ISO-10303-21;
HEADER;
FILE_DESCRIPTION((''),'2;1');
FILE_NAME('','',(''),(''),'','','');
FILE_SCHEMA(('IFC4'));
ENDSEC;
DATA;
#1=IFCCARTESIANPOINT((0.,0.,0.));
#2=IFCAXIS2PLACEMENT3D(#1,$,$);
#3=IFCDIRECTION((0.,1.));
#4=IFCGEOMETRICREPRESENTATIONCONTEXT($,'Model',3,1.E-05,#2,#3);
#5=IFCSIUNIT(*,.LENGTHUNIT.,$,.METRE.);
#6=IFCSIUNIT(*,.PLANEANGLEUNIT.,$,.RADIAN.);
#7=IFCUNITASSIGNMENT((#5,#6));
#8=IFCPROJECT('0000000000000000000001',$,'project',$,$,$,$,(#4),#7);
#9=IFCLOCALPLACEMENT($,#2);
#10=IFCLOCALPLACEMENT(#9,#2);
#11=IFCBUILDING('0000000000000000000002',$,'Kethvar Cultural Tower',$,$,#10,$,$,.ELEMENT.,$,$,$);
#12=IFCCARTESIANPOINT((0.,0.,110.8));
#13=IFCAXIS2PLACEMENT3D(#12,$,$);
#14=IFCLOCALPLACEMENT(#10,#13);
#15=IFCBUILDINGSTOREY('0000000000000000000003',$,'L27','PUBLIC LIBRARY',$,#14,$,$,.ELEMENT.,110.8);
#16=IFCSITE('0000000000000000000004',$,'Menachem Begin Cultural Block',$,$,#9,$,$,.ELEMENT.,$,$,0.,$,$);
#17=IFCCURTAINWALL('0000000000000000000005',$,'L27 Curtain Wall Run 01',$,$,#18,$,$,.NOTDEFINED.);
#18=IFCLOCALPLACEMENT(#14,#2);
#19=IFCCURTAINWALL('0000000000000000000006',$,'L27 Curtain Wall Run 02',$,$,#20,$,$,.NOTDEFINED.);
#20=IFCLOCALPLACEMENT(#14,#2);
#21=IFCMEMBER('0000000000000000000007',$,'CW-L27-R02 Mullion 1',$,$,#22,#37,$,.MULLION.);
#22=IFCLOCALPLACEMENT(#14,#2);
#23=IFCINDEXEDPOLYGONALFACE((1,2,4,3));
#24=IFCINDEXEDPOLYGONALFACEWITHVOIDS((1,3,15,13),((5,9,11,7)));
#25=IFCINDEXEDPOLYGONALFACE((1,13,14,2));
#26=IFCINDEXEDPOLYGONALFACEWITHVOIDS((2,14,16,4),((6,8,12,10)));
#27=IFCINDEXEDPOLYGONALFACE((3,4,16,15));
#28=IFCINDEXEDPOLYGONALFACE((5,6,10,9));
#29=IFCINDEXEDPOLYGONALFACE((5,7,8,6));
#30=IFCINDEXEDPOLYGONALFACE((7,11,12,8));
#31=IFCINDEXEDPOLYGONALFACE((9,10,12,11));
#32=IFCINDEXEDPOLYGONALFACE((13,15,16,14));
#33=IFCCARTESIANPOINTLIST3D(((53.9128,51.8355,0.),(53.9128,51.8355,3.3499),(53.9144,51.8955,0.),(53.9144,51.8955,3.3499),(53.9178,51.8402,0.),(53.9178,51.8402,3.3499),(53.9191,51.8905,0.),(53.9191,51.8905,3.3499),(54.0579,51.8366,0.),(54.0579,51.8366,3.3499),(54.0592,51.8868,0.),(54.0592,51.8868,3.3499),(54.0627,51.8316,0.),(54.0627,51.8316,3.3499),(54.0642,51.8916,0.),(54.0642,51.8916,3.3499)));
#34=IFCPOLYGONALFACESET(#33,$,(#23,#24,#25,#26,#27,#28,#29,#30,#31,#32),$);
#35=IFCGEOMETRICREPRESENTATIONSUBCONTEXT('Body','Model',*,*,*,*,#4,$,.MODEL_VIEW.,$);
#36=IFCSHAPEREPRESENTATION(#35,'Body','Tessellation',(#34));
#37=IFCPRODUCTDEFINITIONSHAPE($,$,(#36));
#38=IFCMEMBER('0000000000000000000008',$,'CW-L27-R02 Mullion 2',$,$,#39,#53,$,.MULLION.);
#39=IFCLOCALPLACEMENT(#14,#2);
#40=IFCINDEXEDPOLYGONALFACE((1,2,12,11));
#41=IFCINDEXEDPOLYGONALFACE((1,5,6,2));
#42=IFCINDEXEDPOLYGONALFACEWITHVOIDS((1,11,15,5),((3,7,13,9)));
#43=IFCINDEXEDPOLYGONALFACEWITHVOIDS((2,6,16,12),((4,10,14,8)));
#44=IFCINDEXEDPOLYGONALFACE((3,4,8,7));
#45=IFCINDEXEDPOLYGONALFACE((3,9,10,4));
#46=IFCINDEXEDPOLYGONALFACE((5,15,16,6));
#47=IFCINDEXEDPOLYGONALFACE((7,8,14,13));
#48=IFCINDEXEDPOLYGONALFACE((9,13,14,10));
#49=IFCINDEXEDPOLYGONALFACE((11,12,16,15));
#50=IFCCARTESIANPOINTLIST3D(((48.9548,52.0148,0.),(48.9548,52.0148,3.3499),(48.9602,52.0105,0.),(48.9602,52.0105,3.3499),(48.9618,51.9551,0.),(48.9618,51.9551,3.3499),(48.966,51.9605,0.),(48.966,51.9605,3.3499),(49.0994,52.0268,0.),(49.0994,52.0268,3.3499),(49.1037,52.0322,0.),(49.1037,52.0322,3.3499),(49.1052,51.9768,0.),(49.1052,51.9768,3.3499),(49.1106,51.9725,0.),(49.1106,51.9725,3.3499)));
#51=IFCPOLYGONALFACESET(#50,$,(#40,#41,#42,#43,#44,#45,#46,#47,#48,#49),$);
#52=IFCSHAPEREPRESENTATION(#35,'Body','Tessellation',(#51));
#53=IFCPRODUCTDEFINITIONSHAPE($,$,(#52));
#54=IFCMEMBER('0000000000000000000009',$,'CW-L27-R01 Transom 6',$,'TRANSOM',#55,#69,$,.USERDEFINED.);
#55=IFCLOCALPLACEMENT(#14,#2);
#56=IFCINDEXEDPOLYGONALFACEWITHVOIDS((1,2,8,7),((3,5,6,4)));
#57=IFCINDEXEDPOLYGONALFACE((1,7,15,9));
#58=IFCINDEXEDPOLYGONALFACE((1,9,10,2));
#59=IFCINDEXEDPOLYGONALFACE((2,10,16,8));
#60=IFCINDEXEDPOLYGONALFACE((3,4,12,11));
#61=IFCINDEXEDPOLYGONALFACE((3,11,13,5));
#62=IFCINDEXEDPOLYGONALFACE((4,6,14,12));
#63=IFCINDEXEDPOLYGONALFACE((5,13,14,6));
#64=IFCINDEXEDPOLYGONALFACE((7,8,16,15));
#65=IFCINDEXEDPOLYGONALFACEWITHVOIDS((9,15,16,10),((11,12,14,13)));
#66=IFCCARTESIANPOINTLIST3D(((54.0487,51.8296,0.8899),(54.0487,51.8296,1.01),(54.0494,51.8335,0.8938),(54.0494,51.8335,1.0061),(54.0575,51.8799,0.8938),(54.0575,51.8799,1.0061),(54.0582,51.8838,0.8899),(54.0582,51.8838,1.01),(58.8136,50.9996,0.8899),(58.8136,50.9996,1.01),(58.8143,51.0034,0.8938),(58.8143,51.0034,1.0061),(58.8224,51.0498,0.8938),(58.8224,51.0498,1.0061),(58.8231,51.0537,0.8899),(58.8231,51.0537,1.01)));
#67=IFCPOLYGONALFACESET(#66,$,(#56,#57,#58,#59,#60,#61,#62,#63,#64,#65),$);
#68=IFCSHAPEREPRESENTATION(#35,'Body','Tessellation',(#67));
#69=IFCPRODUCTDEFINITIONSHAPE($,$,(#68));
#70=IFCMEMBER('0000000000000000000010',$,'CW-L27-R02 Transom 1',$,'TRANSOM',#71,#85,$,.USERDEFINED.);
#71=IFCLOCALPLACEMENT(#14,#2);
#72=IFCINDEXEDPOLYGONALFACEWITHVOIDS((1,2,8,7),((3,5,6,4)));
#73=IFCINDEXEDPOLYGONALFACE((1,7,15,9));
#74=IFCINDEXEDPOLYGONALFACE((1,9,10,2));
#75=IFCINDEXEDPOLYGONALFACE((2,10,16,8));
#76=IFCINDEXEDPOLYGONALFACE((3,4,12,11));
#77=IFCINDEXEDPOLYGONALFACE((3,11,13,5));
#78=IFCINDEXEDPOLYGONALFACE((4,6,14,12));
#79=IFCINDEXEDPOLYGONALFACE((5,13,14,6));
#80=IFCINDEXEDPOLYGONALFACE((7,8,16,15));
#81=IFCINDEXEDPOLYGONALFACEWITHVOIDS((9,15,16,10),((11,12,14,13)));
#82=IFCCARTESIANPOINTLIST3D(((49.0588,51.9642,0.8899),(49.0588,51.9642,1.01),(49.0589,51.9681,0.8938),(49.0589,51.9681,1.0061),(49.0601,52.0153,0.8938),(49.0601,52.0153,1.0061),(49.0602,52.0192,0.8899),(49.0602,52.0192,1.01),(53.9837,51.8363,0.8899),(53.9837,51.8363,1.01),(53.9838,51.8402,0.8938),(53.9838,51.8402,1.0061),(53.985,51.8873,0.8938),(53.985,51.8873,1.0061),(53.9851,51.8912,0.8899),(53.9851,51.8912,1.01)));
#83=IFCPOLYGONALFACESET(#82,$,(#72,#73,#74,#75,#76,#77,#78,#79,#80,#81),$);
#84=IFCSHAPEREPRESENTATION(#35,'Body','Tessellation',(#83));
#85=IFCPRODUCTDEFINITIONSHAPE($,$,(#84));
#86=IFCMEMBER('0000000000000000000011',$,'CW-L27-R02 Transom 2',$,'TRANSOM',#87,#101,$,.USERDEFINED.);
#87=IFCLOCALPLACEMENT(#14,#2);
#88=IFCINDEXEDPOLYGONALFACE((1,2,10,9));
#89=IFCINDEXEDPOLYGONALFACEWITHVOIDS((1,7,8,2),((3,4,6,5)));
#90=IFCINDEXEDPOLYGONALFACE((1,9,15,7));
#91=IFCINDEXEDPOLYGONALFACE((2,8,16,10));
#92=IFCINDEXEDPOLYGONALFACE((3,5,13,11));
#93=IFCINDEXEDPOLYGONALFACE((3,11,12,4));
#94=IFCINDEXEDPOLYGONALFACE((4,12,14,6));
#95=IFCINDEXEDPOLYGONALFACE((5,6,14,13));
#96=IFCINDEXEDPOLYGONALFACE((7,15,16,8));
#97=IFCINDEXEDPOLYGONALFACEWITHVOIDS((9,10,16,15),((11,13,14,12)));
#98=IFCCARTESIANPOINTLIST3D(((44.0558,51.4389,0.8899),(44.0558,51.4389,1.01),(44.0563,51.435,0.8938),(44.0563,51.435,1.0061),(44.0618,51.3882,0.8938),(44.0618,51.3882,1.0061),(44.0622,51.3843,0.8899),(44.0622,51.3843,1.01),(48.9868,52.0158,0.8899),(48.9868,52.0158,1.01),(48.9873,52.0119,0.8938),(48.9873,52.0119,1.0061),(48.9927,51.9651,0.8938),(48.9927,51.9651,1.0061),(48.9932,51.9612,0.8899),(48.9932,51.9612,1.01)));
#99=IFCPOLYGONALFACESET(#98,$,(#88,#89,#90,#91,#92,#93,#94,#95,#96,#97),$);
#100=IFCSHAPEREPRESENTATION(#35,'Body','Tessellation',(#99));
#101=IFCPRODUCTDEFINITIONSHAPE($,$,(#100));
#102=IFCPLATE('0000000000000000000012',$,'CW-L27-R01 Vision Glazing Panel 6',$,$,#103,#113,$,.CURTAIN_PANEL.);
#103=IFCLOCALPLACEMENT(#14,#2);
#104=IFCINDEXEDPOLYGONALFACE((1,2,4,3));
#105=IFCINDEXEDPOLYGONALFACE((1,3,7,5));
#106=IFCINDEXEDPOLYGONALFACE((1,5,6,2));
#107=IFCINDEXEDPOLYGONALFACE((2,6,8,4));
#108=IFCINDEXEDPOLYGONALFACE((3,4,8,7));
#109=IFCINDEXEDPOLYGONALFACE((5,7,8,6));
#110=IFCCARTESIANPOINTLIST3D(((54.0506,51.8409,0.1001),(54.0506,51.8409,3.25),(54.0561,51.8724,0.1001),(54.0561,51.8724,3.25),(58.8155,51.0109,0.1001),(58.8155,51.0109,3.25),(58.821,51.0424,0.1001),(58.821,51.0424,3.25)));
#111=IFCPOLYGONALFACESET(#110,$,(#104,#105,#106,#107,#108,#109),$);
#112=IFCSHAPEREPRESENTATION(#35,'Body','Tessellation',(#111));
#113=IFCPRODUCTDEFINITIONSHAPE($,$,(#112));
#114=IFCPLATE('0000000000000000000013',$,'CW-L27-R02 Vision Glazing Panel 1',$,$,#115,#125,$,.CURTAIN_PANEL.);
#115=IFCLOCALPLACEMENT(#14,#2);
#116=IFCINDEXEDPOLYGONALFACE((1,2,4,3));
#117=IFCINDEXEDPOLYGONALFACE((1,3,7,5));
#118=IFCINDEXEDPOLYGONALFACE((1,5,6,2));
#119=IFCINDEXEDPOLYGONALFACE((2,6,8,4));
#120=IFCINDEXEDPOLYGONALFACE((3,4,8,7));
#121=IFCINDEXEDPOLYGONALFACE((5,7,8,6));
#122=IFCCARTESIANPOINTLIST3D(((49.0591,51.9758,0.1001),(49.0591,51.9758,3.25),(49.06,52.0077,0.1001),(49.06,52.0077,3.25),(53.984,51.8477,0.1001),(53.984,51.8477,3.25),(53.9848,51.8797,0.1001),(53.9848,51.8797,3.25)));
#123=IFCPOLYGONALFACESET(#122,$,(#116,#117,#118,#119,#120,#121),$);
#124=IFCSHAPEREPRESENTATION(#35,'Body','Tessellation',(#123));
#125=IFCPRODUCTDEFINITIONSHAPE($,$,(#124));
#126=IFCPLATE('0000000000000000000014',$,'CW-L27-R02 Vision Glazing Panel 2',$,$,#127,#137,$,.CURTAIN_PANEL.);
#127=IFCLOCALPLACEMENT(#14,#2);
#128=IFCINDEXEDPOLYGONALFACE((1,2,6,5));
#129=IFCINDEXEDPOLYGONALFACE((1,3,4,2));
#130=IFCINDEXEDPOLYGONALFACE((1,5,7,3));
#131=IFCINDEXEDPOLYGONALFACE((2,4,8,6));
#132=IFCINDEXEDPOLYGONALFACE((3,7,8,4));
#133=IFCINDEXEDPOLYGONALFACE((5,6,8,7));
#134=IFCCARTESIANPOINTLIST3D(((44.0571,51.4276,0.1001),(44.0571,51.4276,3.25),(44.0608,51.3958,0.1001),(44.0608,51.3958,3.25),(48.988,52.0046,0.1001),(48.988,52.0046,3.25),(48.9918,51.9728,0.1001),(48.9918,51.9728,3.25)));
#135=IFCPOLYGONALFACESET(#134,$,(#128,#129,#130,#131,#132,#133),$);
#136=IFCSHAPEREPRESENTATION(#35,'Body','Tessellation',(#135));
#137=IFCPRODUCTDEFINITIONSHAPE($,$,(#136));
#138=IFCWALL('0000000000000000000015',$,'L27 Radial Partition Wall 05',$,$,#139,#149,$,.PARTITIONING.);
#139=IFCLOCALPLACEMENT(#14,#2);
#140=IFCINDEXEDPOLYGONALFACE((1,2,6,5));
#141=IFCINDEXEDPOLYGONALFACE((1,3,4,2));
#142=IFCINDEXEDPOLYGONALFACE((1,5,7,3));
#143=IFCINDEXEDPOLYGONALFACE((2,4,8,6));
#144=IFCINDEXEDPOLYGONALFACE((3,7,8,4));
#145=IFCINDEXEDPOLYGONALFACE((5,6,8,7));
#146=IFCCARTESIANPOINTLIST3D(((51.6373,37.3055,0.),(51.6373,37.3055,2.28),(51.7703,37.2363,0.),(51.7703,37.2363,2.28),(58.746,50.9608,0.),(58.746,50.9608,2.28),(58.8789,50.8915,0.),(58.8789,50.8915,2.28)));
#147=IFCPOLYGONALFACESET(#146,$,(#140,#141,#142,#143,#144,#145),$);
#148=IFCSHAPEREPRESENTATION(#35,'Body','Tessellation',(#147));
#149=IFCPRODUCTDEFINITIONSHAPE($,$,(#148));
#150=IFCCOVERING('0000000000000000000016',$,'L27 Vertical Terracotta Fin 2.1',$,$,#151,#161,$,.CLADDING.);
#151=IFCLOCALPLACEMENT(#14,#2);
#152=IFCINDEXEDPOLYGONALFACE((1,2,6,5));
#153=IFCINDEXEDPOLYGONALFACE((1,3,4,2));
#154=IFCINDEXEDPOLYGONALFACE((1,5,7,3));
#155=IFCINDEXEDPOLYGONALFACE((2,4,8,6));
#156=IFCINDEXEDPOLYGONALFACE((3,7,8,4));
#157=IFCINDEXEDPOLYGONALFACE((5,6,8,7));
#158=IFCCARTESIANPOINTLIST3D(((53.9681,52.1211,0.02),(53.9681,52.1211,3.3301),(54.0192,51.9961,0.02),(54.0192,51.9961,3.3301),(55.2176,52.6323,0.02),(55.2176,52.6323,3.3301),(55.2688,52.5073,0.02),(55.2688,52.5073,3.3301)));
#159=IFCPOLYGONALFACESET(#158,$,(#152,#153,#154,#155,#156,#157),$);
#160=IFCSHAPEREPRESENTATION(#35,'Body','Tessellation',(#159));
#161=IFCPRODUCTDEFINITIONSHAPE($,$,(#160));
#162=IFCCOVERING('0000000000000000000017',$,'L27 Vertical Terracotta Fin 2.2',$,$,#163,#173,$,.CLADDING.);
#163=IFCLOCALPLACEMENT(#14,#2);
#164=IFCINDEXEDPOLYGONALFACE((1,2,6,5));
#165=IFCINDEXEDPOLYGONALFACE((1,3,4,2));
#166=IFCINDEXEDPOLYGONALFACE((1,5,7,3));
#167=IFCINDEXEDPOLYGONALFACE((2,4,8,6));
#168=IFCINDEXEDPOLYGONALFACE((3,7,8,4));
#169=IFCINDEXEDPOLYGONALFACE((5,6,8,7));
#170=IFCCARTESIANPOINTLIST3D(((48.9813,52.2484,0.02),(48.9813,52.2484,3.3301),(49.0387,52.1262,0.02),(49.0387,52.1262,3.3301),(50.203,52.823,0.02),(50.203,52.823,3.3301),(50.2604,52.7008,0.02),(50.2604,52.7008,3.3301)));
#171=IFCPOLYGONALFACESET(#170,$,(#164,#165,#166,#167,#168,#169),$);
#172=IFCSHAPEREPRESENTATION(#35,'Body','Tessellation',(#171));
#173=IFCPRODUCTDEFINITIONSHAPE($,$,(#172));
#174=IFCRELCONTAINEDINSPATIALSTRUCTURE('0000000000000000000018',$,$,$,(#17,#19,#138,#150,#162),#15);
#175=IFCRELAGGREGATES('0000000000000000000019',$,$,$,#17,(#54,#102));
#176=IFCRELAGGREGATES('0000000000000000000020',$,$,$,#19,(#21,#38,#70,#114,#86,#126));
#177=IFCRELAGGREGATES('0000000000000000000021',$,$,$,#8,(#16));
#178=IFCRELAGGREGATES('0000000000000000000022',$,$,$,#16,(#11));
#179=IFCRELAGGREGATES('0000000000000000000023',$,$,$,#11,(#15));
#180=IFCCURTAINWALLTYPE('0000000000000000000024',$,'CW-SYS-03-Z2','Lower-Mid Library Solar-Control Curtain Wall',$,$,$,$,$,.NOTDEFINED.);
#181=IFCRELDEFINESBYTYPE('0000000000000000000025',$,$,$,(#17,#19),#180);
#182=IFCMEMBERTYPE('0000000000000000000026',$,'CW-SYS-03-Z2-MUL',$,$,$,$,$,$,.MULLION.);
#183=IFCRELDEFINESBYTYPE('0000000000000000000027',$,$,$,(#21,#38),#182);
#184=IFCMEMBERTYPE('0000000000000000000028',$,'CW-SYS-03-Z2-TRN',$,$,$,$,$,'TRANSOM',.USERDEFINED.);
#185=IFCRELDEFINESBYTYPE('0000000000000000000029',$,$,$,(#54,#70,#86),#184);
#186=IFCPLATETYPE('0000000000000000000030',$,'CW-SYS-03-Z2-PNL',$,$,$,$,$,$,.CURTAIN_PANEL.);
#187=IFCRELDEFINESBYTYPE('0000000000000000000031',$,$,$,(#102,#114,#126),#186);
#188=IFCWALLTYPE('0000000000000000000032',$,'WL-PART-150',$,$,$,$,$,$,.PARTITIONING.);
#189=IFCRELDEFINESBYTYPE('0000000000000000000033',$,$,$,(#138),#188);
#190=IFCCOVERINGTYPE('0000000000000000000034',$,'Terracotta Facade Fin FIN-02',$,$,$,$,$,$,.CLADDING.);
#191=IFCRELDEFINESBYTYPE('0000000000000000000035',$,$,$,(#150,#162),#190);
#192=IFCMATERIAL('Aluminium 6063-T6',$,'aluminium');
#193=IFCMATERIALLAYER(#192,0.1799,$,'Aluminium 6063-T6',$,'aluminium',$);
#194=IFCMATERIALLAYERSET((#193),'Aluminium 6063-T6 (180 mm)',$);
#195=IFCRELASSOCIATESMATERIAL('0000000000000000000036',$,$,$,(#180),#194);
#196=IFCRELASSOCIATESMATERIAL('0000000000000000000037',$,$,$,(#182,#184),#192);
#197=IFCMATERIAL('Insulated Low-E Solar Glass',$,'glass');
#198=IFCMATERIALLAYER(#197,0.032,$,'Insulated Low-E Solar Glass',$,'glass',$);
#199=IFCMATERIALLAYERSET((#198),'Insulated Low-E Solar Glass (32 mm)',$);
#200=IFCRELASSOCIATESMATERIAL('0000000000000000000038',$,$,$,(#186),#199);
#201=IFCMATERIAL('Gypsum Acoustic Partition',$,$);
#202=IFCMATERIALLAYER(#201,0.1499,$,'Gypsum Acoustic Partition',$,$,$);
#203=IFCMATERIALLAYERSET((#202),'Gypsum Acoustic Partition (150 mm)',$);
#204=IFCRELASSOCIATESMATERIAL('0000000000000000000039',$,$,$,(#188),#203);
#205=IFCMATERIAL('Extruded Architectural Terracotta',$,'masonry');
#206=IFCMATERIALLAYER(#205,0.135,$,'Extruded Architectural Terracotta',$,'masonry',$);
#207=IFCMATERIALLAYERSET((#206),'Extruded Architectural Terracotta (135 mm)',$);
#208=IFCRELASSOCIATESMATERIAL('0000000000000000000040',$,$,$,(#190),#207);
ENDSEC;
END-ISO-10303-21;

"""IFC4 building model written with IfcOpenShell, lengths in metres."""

from ifc_helpers import new_model, si_unit, direction, frame, frame_2d, origin, origin_2d, place, context, subcontext, project, spatial, rectangle, hollow_rectangle, extrude, source, transform, mapped, material, layer, layer_set, material_profile, profile_set, type_object, element, aggregate, save


model = new_model("IFC4")

# Units and contexts
model_context = context("Model", 3, precision=1e-05, world=origin(), true_north=direction((0.0, 1.0)))
body_context = subcontext(model_context, "Body", "Model", "MODEL_VIEW")
ifc_project = project(units=[si_unit("LENGTHUNIT", "METRE"), si_unit("PLANEANGLEUNIT", "RADIAN")], contexts=[model_context])

# Site, building, storey
site_placement = place(None, origin())
site = spatial("IfcSite", under=ifc_project, at=site_placement, Name="Menachem Begin Cultural Block", CompositionType="ELEMENT", RefElevation=0.0)
building_placement = place(site_placement, origin())
building = spatial("IfcBuilding", under=site, at=building_placement, Name="Kethvar Cultural Tower", CompositionType="ELEMENT")
storey_placement = place(building_placement, frame((0.0, 0.0, 110.8)))
storey = spatial("IfcBuildingStorey", under=building, at=storey_placement, Name="L27", Description="PUBLIC LIBRARY", CompositionType="ELEMENT", Elevation=110.8)

# Curtain walls, members
ifc_material_1 = material(Name="Aluminium 6063-T6", Category="aluminium")
ifc_layer_1 = layer(ifc_material_1, 0.1799, Name="Aluminium 6063-T6", Category="aluminium")
ifc_layer_set_1 = layer_set([ifc_layer_1], Name="Aluminium 6063-T6 (180 mm)")
curtain_wall_type = type_object("IfcCurtainWallType", Name="CW-SYS-03-Z2", Description="Lower-Mid Library Solar-Control Curtain Wall", PredefinedType="NOTDEFINED", material=ifc_layer_set_1)
curtain_wall_1_placement = place(storey_placement, origin())
curtain_wall_1 = element("IfcCurtainWall", 1, at=curtain_wall_1_placement, inside=storey, type_object=curtain_wall_type, Name="L27 Curtain Wall Run 01", PredefinedType="NOTDEFINED")
ifc_material_profile_1 = material_profile(ifc_material_1, hollow_rectangle(XDim=0.0601, YDim=0.1499, WallThickness=0.0049, at=origin_2d()), Name="Aluminium 6063-T6 — RHS150x60x5")
ifc_profile_set_1 = profile_set([ifc_material_profile_1], Name="Aluminium 6063-T6 — RHS150x60x5")
member_type_1 = type_object("IfcMemberType", Name="CW-SYS-03-Z2-MUL", PredefinedType="MULLION", material=ifc_profile_set_1)
shared_shape_1 = source(origin(), body_context, "Body", "SweptSolid", [
    extrude(hollow_rectangle(XDim=0.0601, YDim=0.1499, WallThickness=0.0049, at=origin_2d()), origin(), (0.0, 0.0, 1.0), 3.3499),
])
curtain_wall_2_placement = place(storey_placement, origin())
curtain_wall_2 = element("IfcCurtainWall", 2, at=curtain_wall_2_placement, inside=storey, type_object=curtain_wall_type, Name="L27 Curtain Wall Run 02", PredefinedType="NOTDEFINED")
member_1_placement = place(storey_placement, frame((53.9885, 51.8635, 0.0), z_axis=(0.0, 0.0, 1.0), x_axis=(-0.025985, -0.999662, 0.0)))
member_1 = element("IfcMember", 3, at=member_1_placement, type_object=member_type_1, Name="CW-L27-R02 Mullion 1", PredefinedType="MULLION", context=body_context, shape_type="MappedRepresentation", body=[
    mapped(shared_shape_1, transform((0.0, 0.0, 0.0), scale=1.0)),
])
member_2_placement = place(storey_placement, frame((49.0327, 51.9937, 0.0), z_axis=(0.0, 0.0, 1.0), x_axis=(0.11622, -0.993223, 0.0)))
member_2 = element("IfcMember", 4, at=member_2_placement, type_object=member_type_1, Name="CW-L27-R02 Mullion 2", PredefinedType="MULLION", context=body_context, shape_type="MappedRepresentation", body=[
    mapped(shared_shape_1, transform((0.0, 0.0, 0.0), scale=1.0)),
])

# Members
ifc_material_profile_2 = material_profile(ifc_material_1, hollow_rectangle(XDim=0.0549, YDim=0.1201, WallThickness=0.0039, at=origin_2d()), Name="Aluminium 6063-T6 — RHS120x55x4")
ifc_profile_set_2 = profile_set([ifc_material_profile_2], Name="Aluminium 6063-T6 — RHS120x55x4")
member_type_2 = type_object("IfcMemberType", Name="CW-SYS-03-Z2-TRN", ElementType="TRANSOM", PredefinedType="USERDEFINED", material=ifc_profile_set_2)
shared_shape_2 = source(origin(), body_context, "Body", "SweptSolid", [
    extrude(hollow_rectangle(XDim=0.0549, YDim=0.1201, WallThickness=0.0039, at=origin_2d()), origin(), (0.0, 0.0, 1.0), 4.8367),
])
member_3_placement = place(storey_placement, frame((58.8184, 51.0266, 0.95), z_axis=(-0.985163, 0.171622, 0.0), x_axis=(-0.171622, -0.985163, 0.0)))
member_3 = element("IfcMember", 5, at=member_3_placement, type_object=member_type_2, Name="CW-L27-R01 Transom 6", ObjectType="TRANSOM", PredefinedType="USERDEFINED", context=body_context, shape_type="MappedRepresentation", body=[
    mapped(shared_shape_2, transform((0.0, 0.0, 0.0), scale=1.0)),
])
shared_shape_3 = source(origin(), body_context, "Body", "SweptSolid", [
    extrude(hollow_rectangle(XDim=0.0549, YDim=0.1201, WallThickness=0.0039, at=origin_2d()), origin(), (0.0, 0.0, 1.0), 4.9265),
])
member_4_placement = place(storey_placement, frame((53.9844, 51.8638, 0.95), z_axis=(-0.999663, 0.025968, 0.0), x_axis=(-0.025968, -0.999663, 0.0)))
member_4 = element("IfcMember", 6, at=member_4_placement, type_object=member_type_2, Name="CW-L27-R02 Transom 1", ObjectType="TRANSOM", PredefinedType="USERDEFINED", context=body_context, shape_type="MappedRepresentation", body=[
    mapped(shared_shape_3, transform((0.0, 0.0, 0.0), scale=1.0)),
])
shared_shape_4 = source(origin(), body_context, "Body", "SweptSolid", [
    extrude(hollow_rectangle(XDim=0.0549, YDim=0.1201, WallThickness=0.0039, at=origin_2d()), origin(), (0.0, 0.0, 1.0), 4.9646),
])
member_5_placement = place(storey_placement, frame((48.99, 51.9885, 0.95), z_axis=(-0.993225, -0.116205, 0.0), x_axis=(0.116205, -0.993225, 0.0)))
member_5 = element("IfcMember", 7, at=member_5_placement, type_object=member_type_2, Name="CW-L27-R02 Transom 2", ObjectType="TRANSOM", PredefinedType="USERDEFINED", context=body_context, shape_type="MappedRepresentation", body=[
    mapped(shared_shape_4, transform((0.0, 0.0, 0.0), scale=1.0)),
])

# Plates
ifc_material_2 = material(Name="Insulated Low-E Solar Glass", Category="glass")
ifc_layer_2 = layer(ifc_material_2, 0.032, Name="Insulated Low-E Solar Glass", Category="glass")
ifc_layer_set_2 = layer_set([ifc_layer_2], Name="Insulated Low-E Solar Glass (32 mm)")
plate_type = type_object("IfcPlateType", Name="CW-SYS-03-Z2-PNL", PredefinedType="CURTAIN_PANEL", material=ifc_layer_set_2)
shared_shape_5 = source(origin(), body_context, "Body", "SweptSolid", [
    extrude(rectangle(XDim=4.8367, YDim=0.032, at=origin_2d()), origin(), (0.0, 0.0, 1.0), 3.1499),
])
plate_1_placement = place(storey_placement, frame((56.4358, 51.4417, 0.1001), z_axis=(0.0, 0.0, 1.0), x_axis=(-0.985163, 0.17162, 0.0)))
plate_1 = element("IfcPlate", 8, at=plate_1_placement, type_object=plate_type, Name="CW-L27-R01 Vision Glazing Panel 6", PredefinedType="CURTAIN_PANEL", context=body_context, shape_type="MappedRepresentation", body=[
    mapped(shared_shape_5, transform((0.0, 0.0, 0.0), scale=1.0)),
])
aggregate(curtain_wall_1, [member_3, plate_1])
shared_shape_6 = source(origin(), body_context, "Body", "SweptSolid", [
    extrude(rectangle(XDim=4.9265, YDim=0.032, at=origin_2d()), origin(), (0.0, 0.0, 1.0), 3.1499),
])
plate_2_placement = place(storey_placement, frame((51.522, 51.9277, 0.1001), z_axis=(0.0, 0.0, 1.0), x_axis=(-0.999662, 0.025985, 0.0)))
plate_2 = element("IfcPlate", 9, at=plate_2_placement, type_object=plate_type, Name="CW-L27-R02 Vision Glazing Panel 1", PredefinedType="CURTAIN_PANEL", context=body_context, shape_type="MappedRepresentation", body=[
    mapped(shared_shape_6, transform((0.0, 0.0, 0.0), scale=1.0)),
])
shared_shape_7 = source(origin(), body_context, "Body", "SweptSolid", [
    extrude(rectangle(XDim=4.9646, YDim=0.032, at=origin_2d()), origin(), (0.0, 0.0, 1.0), 3.1499),
])
plate_3_placement = place(storey_placement, frame((46.5244, 51.7002, 0.1001), z_axis=(0.0, 0.0, 1.0), x_axis=(-0.993223, -0.11622, 0.0)))
plate_3 = element("IfcPlate", 10, at=plate_3_placement, type_object=plate_type, Name="CW-L27-R02 Vision Glazing Panel 2", PredefinedType="CURTAIN_PANEL", context=body_context, shape_type="MappedRepresentation", body=[
    mapped(shared_shape_7, transform((0.0, 0.0, 0.0), scale=1.0)),
])
aggregate(curtain_wall_2, [member_1, member_2, member_4, plate_2, member_5, plate_3])

# Wall
ifc_material_3 = material(Name="Gypsum Acoustic Partition")
ifc_layer_3 = layer(ifc_material_3, 0.1499, Name="Gypsum Acoustic Partition")
ifc_layer_set_3 = layer_set([ifc_layer_3], Name="Gypsum Acoustic Partition (150 mm)")
wall_type_1 = type_object("IfcWallType", Name="WL-PART-150", PredefinedType="PARTITIONING", material=ifc_layer_set_3)
wall_1_placement = place(storey_placement, frame((51.7039, 37.271, 0.0), z_axis=(0.0, 0.0, 1.0), x_axis=(0.461757, 0.887007, 0.0)))
element("IfcWall", 11, at=wall_1_placement, inside=storey, type_object=wall_type_1, Name="L27 Radial Partition Wall 05", PredefinedType="PARTITIONING", context=body_context, shape_type="SweptSolid", body=[
    extrude(rectangle(XDim=15.3948, YDim=0.1499, at=frame_2d((7.6973, 0.0))), origin(), (0.0, 0.0, 1.0), 2.28),
])

# Coverings
ifc_material_4 = material(Name="Extruded Architectural Terracotta", Category="masonry")
ifc_layer_4 = layer(ifc_material_4, 0.135, Name="Extruded Architectural Terracotta", Category="masonry")
ifc_layer_set_4 = layer_set([ifc_layer_4], Name="Extruded Architectural Terracotta (135 mm)")
covering_type = type_object("IfcCoveringType", Name="Terracotta Facade Fin FIN-02", PredefinedType="CLADDING", material=ifc_layer_set_4)
shared_shape_8 = source(origin(), body_context, "Body", "SweptSolid", [
    extrude(rectangle(XDim=1.3501, YDim=0.135, at=origin_2d()), origin(), (0.0, 0.0, 1.0), 3.3101),
])
for number, where, z_axis, x_axis, name in (
    (12, (54.6184, 52.3142, 0.02), (0.0, 0.0, 1.0), (0.925541, 0.378649, 0.0), "L27 Vertical Terracotta Fin 2.1"),
    (13, (49.6208, 52.4746, 0.02), (0.0, 0.0, 1.0), (0.904901, 0.425621, 0.0), "L27 Vertical Terracotta Fin 2.2"),
):
    element("IfcCovering", number, at=place(storey_placement, frame(where, z_axis=z_axis, x_axis=x_axis)), inside=storey, type_object=covering_type, Name=name, PredefinedType="CLADDING", context=body_context, shape_type="MappedRepresentation", body=[
        mapped(shared_shape_8, transform((0.0, 0.0, 0.0), scale=1.0)),
    ])

save(model, "model.ifc")
